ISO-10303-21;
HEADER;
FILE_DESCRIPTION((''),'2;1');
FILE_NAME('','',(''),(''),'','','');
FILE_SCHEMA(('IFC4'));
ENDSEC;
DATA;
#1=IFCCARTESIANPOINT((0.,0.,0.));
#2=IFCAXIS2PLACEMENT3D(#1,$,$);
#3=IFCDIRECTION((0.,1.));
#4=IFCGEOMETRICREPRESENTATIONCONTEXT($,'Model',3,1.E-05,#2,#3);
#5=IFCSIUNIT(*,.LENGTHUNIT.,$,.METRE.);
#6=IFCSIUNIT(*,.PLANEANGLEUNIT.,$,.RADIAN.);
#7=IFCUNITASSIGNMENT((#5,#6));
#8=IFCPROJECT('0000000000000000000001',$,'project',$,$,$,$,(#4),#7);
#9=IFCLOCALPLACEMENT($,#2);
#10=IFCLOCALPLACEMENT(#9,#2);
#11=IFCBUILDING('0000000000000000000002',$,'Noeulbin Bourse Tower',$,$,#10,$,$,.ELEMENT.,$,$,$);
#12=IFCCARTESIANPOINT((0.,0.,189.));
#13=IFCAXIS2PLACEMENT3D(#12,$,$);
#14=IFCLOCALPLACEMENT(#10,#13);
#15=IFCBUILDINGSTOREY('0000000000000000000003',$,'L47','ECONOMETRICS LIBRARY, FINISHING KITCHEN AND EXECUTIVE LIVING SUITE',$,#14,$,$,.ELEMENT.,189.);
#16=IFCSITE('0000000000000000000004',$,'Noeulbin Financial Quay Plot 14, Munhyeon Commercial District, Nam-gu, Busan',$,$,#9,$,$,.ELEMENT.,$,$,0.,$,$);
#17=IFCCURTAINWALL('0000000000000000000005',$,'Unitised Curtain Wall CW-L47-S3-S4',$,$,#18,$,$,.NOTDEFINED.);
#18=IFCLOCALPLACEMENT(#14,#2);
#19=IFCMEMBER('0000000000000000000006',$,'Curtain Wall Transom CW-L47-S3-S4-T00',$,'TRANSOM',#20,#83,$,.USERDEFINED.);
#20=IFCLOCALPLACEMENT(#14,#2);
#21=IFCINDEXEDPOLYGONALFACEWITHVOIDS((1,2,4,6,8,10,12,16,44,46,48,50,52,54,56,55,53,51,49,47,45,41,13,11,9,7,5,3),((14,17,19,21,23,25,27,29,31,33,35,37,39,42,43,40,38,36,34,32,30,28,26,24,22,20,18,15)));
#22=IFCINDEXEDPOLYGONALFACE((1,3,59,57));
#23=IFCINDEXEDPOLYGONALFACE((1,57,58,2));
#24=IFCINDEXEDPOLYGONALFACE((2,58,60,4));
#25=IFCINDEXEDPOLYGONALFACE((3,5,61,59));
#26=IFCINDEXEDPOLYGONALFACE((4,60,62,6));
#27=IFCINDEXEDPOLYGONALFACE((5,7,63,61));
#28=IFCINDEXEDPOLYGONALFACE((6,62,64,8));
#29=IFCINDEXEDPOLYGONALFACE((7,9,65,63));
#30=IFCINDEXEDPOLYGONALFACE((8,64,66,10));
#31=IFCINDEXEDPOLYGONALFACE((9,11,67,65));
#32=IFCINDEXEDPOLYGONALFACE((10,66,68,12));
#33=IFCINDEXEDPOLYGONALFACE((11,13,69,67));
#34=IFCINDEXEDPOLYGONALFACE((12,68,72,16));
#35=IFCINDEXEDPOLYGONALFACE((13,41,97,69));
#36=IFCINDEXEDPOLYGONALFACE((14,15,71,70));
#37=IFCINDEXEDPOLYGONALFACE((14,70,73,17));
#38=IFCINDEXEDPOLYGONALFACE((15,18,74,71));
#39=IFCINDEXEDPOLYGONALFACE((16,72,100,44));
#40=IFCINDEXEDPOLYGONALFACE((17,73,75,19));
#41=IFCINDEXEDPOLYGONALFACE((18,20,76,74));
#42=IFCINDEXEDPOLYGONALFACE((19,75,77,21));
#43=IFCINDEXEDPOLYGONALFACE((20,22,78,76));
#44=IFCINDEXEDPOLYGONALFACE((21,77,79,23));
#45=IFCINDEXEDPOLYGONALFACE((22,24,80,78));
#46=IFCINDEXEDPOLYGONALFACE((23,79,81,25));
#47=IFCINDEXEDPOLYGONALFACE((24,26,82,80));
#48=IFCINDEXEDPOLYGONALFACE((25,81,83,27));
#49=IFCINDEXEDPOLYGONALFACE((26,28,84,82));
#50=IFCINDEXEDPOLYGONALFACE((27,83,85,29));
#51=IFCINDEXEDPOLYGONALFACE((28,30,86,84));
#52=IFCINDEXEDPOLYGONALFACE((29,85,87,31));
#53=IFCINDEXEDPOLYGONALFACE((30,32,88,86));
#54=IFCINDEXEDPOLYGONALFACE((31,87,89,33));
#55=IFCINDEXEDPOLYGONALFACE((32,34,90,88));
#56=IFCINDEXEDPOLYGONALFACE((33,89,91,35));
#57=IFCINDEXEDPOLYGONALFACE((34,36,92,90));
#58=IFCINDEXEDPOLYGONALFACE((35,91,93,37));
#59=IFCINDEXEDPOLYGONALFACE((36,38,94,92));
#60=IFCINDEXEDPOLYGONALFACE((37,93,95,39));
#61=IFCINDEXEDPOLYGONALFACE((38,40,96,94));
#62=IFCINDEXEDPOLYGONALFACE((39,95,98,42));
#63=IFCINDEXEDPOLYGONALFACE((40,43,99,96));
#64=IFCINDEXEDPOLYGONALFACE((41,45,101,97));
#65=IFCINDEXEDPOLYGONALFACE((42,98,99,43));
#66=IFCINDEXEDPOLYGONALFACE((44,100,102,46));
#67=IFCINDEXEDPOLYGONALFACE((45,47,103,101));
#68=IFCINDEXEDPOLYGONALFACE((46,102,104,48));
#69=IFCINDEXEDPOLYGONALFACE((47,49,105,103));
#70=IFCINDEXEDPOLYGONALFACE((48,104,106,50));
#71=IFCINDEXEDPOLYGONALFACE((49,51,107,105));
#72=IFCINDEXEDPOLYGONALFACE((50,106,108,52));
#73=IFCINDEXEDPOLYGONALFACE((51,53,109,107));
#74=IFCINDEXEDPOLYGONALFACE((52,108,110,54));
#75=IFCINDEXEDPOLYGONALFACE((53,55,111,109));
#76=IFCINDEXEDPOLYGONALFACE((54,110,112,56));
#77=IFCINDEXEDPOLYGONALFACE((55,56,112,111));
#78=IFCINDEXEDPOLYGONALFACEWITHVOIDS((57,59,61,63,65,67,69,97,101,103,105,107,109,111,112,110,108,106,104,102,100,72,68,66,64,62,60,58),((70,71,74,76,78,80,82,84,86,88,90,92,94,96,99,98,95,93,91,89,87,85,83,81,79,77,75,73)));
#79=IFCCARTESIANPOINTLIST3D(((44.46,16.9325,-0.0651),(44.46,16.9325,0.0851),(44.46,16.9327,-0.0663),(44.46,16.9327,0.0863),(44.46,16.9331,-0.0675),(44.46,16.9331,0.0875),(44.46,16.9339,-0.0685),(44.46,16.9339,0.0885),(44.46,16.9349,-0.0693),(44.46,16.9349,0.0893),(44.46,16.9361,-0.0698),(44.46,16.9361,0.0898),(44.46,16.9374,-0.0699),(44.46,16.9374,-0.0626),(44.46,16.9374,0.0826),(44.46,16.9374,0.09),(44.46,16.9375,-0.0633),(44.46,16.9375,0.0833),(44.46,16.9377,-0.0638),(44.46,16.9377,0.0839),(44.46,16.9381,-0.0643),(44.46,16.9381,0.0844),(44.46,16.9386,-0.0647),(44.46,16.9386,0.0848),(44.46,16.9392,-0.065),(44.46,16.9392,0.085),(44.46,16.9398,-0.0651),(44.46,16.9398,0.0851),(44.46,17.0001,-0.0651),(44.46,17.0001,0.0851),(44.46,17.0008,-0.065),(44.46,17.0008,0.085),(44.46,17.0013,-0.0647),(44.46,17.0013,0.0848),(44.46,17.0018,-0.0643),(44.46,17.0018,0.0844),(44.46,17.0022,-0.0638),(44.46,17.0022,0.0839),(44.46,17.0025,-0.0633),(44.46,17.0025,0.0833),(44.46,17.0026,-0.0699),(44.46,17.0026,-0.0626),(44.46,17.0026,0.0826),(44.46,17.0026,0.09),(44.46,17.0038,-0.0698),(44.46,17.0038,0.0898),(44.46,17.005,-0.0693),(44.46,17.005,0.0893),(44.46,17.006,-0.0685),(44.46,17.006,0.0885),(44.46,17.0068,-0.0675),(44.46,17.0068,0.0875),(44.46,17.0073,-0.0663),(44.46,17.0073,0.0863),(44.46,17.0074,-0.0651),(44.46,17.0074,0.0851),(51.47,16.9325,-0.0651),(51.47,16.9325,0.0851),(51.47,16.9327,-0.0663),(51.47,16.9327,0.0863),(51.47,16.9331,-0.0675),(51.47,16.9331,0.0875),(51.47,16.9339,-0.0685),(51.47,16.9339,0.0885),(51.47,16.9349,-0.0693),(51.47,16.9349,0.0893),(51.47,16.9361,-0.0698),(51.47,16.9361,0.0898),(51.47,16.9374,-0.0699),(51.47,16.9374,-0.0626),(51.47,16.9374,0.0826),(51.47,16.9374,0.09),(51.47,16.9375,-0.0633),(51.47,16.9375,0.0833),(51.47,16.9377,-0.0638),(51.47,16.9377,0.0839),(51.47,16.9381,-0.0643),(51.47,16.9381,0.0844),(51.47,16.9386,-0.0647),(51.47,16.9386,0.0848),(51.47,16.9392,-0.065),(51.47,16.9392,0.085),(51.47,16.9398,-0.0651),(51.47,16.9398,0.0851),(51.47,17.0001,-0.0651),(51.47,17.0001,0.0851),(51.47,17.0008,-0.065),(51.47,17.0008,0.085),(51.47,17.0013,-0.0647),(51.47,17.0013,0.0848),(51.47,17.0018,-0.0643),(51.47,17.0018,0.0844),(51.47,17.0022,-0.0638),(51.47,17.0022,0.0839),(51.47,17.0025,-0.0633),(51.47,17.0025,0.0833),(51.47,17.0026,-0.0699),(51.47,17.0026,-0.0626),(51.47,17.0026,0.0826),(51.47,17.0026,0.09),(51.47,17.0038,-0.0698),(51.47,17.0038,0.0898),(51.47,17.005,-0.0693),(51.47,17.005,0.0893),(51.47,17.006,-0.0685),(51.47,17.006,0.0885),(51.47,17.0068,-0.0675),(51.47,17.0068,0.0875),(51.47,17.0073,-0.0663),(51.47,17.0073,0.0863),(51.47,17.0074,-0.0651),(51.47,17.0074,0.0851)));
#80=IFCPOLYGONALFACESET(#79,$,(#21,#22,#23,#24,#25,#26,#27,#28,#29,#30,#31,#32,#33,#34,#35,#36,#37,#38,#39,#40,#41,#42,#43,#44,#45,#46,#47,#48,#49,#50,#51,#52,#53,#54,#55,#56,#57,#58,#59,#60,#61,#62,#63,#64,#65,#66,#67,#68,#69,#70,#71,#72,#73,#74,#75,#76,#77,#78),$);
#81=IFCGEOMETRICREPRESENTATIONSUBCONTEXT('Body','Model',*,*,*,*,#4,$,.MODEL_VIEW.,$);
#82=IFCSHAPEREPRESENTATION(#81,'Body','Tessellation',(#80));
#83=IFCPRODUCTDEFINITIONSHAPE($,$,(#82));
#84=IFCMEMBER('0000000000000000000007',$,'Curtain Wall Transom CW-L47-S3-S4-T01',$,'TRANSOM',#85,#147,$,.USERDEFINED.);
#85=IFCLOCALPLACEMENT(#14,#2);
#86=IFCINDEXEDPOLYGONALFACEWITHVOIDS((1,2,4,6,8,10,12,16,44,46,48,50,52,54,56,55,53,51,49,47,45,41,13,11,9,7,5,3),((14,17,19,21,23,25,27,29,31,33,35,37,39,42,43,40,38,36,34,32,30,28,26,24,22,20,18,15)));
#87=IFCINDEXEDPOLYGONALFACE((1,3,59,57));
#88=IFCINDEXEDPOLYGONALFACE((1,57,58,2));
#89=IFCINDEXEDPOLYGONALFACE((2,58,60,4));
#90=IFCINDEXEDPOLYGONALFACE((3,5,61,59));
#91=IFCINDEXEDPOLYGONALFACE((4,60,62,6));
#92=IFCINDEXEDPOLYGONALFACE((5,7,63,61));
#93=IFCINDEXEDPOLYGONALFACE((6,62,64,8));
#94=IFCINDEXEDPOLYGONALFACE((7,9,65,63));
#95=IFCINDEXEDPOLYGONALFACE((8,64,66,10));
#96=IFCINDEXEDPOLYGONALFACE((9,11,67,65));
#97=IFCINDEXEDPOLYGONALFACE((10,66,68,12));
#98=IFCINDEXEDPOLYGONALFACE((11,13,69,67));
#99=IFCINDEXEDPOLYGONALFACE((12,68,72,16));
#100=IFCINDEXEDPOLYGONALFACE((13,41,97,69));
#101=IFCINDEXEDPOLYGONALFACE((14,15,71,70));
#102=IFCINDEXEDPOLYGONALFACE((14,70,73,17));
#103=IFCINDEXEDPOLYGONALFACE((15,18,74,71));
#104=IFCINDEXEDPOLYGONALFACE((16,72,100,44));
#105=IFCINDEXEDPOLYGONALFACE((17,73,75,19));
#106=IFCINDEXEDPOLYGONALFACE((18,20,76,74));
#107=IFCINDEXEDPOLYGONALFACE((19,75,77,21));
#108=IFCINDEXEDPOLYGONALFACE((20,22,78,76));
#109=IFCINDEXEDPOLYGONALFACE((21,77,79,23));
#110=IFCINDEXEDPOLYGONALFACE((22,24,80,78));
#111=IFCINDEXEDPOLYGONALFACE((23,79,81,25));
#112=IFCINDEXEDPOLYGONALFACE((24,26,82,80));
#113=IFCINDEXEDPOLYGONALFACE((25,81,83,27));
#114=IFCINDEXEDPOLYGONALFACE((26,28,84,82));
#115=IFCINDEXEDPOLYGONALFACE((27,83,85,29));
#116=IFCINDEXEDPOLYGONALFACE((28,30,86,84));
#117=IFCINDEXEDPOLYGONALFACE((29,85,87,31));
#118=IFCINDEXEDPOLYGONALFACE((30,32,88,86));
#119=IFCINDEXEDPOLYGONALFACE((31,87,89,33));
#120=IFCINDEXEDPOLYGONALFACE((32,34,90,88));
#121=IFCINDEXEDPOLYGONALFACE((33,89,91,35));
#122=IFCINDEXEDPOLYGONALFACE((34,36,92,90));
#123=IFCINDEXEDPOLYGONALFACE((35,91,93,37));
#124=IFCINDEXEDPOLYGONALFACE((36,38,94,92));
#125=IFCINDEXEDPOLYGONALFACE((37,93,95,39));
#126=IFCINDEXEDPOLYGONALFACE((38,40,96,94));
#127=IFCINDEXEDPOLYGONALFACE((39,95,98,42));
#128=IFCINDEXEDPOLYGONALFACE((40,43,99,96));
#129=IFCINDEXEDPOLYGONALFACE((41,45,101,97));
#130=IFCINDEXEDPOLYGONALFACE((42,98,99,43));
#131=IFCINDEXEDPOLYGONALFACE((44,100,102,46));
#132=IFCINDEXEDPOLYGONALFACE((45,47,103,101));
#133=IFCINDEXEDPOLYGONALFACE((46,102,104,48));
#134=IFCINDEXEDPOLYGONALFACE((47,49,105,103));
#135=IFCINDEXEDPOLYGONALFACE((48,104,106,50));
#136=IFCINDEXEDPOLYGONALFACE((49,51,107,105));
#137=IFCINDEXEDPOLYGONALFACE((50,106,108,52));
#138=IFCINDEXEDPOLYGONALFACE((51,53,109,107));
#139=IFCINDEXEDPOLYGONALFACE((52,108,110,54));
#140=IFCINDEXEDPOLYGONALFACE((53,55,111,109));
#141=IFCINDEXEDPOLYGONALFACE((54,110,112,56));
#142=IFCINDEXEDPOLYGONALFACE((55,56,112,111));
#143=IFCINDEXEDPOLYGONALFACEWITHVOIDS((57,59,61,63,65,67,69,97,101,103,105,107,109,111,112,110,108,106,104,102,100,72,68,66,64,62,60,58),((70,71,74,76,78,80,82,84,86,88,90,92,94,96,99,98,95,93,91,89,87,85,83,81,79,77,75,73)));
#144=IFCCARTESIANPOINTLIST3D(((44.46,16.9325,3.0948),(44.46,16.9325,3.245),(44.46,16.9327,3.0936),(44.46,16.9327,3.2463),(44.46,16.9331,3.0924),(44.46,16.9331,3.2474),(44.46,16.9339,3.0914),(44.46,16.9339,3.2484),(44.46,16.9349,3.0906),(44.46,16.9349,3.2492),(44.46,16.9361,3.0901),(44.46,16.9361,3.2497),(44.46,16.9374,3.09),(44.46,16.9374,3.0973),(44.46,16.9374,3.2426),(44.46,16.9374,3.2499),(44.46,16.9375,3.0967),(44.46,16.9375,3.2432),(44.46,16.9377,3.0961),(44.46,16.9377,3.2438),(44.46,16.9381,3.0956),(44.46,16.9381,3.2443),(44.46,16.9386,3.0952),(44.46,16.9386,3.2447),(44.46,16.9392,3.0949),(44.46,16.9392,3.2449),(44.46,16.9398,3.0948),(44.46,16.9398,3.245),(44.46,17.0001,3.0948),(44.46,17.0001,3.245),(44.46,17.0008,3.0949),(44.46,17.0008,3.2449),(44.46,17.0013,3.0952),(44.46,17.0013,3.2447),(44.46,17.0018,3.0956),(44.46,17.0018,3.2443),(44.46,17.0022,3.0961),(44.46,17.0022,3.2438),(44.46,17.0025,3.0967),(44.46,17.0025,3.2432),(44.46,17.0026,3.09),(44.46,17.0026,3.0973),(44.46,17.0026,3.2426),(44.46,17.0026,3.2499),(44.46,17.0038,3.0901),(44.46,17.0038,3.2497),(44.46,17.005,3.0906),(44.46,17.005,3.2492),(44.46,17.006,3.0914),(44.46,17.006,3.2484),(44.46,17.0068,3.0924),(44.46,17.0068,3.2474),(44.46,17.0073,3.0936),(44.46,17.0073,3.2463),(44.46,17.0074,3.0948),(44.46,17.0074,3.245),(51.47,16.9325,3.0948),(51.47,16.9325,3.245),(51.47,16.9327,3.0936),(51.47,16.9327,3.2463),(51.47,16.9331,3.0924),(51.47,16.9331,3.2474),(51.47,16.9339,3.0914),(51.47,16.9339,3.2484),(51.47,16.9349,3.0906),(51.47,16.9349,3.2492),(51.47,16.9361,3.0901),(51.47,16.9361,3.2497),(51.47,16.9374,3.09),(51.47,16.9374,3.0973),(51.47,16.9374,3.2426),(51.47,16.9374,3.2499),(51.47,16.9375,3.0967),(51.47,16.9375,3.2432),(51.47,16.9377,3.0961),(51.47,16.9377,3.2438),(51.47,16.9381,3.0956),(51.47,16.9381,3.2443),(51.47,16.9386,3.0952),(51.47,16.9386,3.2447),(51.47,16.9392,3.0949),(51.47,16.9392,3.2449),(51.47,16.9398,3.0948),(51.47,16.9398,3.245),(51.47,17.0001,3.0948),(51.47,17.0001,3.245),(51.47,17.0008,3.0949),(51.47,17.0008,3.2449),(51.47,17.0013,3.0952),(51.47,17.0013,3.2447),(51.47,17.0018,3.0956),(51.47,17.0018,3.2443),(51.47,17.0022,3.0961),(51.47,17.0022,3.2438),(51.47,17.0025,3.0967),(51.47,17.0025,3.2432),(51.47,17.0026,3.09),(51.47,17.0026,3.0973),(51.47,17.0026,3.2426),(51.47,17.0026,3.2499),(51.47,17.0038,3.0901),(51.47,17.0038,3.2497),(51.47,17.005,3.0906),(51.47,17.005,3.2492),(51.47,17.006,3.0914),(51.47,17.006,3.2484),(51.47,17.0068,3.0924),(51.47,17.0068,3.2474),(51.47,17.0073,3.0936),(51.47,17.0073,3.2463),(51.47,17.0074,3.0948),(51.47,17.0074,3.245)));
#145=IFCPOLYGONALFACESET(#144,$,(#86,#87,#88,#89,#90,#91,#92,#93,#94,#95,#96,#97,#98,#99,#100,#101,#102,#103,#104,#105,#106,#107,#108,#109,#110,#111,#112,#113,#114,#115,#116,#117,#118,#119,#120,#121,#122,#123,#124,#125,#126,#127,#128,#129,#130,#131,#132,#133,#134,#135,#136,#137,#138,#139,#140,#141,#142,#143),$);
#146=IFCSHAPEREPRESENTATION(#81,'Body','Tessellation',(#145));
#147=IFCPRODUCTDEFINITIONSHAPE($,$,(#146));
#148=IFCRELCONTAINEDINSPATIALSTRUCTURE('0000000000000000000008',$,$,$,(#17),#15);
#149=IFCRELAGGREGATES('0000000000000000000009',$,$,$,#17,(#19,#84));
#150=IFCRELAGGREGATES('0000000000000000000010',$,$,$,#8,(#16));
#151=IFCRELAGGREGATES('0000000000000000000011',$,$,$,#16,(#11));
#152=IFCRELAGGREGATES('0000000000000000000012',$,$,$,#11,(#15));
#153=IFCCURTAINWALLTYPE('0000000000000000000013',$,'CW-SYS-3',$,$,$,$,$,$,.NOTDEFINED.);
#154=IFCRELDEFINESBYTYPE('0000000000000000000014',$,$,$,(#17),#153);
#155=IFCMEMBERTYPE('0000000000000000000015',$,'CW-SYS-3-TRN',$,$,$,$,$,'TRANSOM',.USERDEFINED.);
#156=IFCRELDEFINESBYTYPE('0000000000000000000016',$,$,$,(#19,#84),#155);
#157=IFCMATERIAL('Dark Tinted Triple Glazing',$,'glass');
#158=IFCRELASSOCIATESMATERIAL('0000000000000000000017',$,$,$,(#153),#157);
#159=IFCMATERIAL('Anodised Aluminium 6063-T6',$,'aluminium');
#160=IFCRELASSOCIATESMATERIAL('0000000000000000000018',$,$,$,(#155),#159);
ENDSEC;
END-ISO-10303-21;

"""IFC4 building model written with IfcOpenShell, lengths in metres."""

from ifc_helpers import new_model, si_unit, direction, frame, origin, origin_2d, place, context, subcontext, project, spatial, hollow_rectangle, extrude, material, material_profile, profile_set, type_object, element, aggregate, save


model = new_model("IFC4")

# Units and contexts
model_context = context("Model", 3, precision=1e-05, world=origin(), true_north=direction((0.0, 1.0)))
body_context = subcontext(model_context, "Body", "Model", "MODEL_VIEW")
ifc_project = project(units=[si_unit("LENGTHUNIT", "METRE"), si_unit("PLANEANGLEUNIT", "RADIAN")], contexts=[model_context])

# Site, building, storey
site_placement = place(None, origin())
site = spatial("IfcSite", under=ifc_project, at=site_placement, Name="Noeulbin Financial Quay Plot 14, Munhyeon Commercial District, Nam-gu, Busan", CompositionType="ELEMENT", RefElevation=0.0)
building_placement = place(site_placement, origin())
building = spatial("IfcBuilding", under=site, at=building_placement, Name="Noeulbin Bourse Tower", CompositionType="ELEMENT")
storey_placement = place(building_placement, frame((0.0, 0.0, 189.0)))
storey = spatial("IfcBuildingStorey", under=building, at=storey_placement, Name="L47", Description="ECONOMETRICS LIBRARY, FINISHING KITCHEN AND EXECUTIVE LIVING SUITE", CompositionType="ELEMENT", Elevation=189.0)

# Curtain wall
ifc_material_1 = material(Name="Dark Tinted Triple Glazing", Category="glass")
curtain_wall_type = type_object("IfcCurtainWallType", Name="CW-SYS-3", PredefinedType="NOTDEFINED", material=ifc_material_1)
curtain_wall_1_placement = place(storey_placement, origin())
curtain_wall_1 = element("IfcCurtainWall", 1, at=curtain_wall_1_placement, inside=storey, type_object=curtain_wall_type, Name="Unitised Curtain Wall CW-L47-S3-S4", PredefinedType="NOTDEFINED")
ifc_material_2 = material(Name="Anodised Aluminium 6063-T6", Category="aluminium")

# Members
ifc_material_profile_1 = material_profile(ifc_material_2, hollow_rectangle(XDim=0.075, YDim=0.1599, WallThickness=0.0049, InnerFilletRadius=0.0024, OuterFilletRadius=0.0049, at=origin_2d()), Name="ALU-TRAN-75x160x5", Category="LoadBearing")
ifc_profile_set_1 = profile_set([ifc_material_profile_1], Name="Anodised Aluminium 6063-T6")
member_type_1 = type_object("IfcMemberType", Name="CW-SYS-3-TRN", ElementType="TRANSOM", PredefinedType="USERDEFINED", material=ifc_profile_set_1)
member_1_placement = place(storey_placement, frame((44.46, 16.97, 0.01), z_axis=(1.0, 0.0, 0.0), x_axis=(0.0, 1.0, 0.0)))
member_1 = element("IfcMember", 2, at=member_1_placement, type_object=member_type_1, Name="Curtain Wall Transom CW-L47-S3-S4-T00", ObjectType="TRANSOM", PredefinedType="USERDEFINED", context=body_context, shape_type="SweptSolid", body=[
    extrude(hollow_rectangle(XDim=0.075, YDim=0.1599, WallThickness=0.0049, InnerFilletRadius=0.0024, OuterFilletRadius=0.0049, at=origin_2d()), origin(), (0.0, 0.0, 1.0), 7.01),
])
member_2_placement = place(storey_placement, frame((44.46, 16.97, 3.1699), z_axis=(1.0, 0.0, 0.0), x_axis=(0.0, 1.0, 0.0)))
member_2 = element("IfcMember", 3, at=member_2_placement, type_object=member_type_1, Name="Curtain Wall Transom CW-L47-S3-S4-T01", ObjectType="TRANSOM", PredefinedType="USERDEFINED", context=body_context, shape_type="SweptSolid", body=[
    extrude(hollow_rectangle(XDim=0.075, YDim=0.1599, WallThickness=0.0049, InnerFilletRadius=0.0024, OuterFilletRadius=0.0049, at=origin_2d()), origin(), (0.0, 0.0, 1.0), 7.01),
])

aggregate(curtain_wall_1, [member_1, member_2])

save(model, "model.ifc")
